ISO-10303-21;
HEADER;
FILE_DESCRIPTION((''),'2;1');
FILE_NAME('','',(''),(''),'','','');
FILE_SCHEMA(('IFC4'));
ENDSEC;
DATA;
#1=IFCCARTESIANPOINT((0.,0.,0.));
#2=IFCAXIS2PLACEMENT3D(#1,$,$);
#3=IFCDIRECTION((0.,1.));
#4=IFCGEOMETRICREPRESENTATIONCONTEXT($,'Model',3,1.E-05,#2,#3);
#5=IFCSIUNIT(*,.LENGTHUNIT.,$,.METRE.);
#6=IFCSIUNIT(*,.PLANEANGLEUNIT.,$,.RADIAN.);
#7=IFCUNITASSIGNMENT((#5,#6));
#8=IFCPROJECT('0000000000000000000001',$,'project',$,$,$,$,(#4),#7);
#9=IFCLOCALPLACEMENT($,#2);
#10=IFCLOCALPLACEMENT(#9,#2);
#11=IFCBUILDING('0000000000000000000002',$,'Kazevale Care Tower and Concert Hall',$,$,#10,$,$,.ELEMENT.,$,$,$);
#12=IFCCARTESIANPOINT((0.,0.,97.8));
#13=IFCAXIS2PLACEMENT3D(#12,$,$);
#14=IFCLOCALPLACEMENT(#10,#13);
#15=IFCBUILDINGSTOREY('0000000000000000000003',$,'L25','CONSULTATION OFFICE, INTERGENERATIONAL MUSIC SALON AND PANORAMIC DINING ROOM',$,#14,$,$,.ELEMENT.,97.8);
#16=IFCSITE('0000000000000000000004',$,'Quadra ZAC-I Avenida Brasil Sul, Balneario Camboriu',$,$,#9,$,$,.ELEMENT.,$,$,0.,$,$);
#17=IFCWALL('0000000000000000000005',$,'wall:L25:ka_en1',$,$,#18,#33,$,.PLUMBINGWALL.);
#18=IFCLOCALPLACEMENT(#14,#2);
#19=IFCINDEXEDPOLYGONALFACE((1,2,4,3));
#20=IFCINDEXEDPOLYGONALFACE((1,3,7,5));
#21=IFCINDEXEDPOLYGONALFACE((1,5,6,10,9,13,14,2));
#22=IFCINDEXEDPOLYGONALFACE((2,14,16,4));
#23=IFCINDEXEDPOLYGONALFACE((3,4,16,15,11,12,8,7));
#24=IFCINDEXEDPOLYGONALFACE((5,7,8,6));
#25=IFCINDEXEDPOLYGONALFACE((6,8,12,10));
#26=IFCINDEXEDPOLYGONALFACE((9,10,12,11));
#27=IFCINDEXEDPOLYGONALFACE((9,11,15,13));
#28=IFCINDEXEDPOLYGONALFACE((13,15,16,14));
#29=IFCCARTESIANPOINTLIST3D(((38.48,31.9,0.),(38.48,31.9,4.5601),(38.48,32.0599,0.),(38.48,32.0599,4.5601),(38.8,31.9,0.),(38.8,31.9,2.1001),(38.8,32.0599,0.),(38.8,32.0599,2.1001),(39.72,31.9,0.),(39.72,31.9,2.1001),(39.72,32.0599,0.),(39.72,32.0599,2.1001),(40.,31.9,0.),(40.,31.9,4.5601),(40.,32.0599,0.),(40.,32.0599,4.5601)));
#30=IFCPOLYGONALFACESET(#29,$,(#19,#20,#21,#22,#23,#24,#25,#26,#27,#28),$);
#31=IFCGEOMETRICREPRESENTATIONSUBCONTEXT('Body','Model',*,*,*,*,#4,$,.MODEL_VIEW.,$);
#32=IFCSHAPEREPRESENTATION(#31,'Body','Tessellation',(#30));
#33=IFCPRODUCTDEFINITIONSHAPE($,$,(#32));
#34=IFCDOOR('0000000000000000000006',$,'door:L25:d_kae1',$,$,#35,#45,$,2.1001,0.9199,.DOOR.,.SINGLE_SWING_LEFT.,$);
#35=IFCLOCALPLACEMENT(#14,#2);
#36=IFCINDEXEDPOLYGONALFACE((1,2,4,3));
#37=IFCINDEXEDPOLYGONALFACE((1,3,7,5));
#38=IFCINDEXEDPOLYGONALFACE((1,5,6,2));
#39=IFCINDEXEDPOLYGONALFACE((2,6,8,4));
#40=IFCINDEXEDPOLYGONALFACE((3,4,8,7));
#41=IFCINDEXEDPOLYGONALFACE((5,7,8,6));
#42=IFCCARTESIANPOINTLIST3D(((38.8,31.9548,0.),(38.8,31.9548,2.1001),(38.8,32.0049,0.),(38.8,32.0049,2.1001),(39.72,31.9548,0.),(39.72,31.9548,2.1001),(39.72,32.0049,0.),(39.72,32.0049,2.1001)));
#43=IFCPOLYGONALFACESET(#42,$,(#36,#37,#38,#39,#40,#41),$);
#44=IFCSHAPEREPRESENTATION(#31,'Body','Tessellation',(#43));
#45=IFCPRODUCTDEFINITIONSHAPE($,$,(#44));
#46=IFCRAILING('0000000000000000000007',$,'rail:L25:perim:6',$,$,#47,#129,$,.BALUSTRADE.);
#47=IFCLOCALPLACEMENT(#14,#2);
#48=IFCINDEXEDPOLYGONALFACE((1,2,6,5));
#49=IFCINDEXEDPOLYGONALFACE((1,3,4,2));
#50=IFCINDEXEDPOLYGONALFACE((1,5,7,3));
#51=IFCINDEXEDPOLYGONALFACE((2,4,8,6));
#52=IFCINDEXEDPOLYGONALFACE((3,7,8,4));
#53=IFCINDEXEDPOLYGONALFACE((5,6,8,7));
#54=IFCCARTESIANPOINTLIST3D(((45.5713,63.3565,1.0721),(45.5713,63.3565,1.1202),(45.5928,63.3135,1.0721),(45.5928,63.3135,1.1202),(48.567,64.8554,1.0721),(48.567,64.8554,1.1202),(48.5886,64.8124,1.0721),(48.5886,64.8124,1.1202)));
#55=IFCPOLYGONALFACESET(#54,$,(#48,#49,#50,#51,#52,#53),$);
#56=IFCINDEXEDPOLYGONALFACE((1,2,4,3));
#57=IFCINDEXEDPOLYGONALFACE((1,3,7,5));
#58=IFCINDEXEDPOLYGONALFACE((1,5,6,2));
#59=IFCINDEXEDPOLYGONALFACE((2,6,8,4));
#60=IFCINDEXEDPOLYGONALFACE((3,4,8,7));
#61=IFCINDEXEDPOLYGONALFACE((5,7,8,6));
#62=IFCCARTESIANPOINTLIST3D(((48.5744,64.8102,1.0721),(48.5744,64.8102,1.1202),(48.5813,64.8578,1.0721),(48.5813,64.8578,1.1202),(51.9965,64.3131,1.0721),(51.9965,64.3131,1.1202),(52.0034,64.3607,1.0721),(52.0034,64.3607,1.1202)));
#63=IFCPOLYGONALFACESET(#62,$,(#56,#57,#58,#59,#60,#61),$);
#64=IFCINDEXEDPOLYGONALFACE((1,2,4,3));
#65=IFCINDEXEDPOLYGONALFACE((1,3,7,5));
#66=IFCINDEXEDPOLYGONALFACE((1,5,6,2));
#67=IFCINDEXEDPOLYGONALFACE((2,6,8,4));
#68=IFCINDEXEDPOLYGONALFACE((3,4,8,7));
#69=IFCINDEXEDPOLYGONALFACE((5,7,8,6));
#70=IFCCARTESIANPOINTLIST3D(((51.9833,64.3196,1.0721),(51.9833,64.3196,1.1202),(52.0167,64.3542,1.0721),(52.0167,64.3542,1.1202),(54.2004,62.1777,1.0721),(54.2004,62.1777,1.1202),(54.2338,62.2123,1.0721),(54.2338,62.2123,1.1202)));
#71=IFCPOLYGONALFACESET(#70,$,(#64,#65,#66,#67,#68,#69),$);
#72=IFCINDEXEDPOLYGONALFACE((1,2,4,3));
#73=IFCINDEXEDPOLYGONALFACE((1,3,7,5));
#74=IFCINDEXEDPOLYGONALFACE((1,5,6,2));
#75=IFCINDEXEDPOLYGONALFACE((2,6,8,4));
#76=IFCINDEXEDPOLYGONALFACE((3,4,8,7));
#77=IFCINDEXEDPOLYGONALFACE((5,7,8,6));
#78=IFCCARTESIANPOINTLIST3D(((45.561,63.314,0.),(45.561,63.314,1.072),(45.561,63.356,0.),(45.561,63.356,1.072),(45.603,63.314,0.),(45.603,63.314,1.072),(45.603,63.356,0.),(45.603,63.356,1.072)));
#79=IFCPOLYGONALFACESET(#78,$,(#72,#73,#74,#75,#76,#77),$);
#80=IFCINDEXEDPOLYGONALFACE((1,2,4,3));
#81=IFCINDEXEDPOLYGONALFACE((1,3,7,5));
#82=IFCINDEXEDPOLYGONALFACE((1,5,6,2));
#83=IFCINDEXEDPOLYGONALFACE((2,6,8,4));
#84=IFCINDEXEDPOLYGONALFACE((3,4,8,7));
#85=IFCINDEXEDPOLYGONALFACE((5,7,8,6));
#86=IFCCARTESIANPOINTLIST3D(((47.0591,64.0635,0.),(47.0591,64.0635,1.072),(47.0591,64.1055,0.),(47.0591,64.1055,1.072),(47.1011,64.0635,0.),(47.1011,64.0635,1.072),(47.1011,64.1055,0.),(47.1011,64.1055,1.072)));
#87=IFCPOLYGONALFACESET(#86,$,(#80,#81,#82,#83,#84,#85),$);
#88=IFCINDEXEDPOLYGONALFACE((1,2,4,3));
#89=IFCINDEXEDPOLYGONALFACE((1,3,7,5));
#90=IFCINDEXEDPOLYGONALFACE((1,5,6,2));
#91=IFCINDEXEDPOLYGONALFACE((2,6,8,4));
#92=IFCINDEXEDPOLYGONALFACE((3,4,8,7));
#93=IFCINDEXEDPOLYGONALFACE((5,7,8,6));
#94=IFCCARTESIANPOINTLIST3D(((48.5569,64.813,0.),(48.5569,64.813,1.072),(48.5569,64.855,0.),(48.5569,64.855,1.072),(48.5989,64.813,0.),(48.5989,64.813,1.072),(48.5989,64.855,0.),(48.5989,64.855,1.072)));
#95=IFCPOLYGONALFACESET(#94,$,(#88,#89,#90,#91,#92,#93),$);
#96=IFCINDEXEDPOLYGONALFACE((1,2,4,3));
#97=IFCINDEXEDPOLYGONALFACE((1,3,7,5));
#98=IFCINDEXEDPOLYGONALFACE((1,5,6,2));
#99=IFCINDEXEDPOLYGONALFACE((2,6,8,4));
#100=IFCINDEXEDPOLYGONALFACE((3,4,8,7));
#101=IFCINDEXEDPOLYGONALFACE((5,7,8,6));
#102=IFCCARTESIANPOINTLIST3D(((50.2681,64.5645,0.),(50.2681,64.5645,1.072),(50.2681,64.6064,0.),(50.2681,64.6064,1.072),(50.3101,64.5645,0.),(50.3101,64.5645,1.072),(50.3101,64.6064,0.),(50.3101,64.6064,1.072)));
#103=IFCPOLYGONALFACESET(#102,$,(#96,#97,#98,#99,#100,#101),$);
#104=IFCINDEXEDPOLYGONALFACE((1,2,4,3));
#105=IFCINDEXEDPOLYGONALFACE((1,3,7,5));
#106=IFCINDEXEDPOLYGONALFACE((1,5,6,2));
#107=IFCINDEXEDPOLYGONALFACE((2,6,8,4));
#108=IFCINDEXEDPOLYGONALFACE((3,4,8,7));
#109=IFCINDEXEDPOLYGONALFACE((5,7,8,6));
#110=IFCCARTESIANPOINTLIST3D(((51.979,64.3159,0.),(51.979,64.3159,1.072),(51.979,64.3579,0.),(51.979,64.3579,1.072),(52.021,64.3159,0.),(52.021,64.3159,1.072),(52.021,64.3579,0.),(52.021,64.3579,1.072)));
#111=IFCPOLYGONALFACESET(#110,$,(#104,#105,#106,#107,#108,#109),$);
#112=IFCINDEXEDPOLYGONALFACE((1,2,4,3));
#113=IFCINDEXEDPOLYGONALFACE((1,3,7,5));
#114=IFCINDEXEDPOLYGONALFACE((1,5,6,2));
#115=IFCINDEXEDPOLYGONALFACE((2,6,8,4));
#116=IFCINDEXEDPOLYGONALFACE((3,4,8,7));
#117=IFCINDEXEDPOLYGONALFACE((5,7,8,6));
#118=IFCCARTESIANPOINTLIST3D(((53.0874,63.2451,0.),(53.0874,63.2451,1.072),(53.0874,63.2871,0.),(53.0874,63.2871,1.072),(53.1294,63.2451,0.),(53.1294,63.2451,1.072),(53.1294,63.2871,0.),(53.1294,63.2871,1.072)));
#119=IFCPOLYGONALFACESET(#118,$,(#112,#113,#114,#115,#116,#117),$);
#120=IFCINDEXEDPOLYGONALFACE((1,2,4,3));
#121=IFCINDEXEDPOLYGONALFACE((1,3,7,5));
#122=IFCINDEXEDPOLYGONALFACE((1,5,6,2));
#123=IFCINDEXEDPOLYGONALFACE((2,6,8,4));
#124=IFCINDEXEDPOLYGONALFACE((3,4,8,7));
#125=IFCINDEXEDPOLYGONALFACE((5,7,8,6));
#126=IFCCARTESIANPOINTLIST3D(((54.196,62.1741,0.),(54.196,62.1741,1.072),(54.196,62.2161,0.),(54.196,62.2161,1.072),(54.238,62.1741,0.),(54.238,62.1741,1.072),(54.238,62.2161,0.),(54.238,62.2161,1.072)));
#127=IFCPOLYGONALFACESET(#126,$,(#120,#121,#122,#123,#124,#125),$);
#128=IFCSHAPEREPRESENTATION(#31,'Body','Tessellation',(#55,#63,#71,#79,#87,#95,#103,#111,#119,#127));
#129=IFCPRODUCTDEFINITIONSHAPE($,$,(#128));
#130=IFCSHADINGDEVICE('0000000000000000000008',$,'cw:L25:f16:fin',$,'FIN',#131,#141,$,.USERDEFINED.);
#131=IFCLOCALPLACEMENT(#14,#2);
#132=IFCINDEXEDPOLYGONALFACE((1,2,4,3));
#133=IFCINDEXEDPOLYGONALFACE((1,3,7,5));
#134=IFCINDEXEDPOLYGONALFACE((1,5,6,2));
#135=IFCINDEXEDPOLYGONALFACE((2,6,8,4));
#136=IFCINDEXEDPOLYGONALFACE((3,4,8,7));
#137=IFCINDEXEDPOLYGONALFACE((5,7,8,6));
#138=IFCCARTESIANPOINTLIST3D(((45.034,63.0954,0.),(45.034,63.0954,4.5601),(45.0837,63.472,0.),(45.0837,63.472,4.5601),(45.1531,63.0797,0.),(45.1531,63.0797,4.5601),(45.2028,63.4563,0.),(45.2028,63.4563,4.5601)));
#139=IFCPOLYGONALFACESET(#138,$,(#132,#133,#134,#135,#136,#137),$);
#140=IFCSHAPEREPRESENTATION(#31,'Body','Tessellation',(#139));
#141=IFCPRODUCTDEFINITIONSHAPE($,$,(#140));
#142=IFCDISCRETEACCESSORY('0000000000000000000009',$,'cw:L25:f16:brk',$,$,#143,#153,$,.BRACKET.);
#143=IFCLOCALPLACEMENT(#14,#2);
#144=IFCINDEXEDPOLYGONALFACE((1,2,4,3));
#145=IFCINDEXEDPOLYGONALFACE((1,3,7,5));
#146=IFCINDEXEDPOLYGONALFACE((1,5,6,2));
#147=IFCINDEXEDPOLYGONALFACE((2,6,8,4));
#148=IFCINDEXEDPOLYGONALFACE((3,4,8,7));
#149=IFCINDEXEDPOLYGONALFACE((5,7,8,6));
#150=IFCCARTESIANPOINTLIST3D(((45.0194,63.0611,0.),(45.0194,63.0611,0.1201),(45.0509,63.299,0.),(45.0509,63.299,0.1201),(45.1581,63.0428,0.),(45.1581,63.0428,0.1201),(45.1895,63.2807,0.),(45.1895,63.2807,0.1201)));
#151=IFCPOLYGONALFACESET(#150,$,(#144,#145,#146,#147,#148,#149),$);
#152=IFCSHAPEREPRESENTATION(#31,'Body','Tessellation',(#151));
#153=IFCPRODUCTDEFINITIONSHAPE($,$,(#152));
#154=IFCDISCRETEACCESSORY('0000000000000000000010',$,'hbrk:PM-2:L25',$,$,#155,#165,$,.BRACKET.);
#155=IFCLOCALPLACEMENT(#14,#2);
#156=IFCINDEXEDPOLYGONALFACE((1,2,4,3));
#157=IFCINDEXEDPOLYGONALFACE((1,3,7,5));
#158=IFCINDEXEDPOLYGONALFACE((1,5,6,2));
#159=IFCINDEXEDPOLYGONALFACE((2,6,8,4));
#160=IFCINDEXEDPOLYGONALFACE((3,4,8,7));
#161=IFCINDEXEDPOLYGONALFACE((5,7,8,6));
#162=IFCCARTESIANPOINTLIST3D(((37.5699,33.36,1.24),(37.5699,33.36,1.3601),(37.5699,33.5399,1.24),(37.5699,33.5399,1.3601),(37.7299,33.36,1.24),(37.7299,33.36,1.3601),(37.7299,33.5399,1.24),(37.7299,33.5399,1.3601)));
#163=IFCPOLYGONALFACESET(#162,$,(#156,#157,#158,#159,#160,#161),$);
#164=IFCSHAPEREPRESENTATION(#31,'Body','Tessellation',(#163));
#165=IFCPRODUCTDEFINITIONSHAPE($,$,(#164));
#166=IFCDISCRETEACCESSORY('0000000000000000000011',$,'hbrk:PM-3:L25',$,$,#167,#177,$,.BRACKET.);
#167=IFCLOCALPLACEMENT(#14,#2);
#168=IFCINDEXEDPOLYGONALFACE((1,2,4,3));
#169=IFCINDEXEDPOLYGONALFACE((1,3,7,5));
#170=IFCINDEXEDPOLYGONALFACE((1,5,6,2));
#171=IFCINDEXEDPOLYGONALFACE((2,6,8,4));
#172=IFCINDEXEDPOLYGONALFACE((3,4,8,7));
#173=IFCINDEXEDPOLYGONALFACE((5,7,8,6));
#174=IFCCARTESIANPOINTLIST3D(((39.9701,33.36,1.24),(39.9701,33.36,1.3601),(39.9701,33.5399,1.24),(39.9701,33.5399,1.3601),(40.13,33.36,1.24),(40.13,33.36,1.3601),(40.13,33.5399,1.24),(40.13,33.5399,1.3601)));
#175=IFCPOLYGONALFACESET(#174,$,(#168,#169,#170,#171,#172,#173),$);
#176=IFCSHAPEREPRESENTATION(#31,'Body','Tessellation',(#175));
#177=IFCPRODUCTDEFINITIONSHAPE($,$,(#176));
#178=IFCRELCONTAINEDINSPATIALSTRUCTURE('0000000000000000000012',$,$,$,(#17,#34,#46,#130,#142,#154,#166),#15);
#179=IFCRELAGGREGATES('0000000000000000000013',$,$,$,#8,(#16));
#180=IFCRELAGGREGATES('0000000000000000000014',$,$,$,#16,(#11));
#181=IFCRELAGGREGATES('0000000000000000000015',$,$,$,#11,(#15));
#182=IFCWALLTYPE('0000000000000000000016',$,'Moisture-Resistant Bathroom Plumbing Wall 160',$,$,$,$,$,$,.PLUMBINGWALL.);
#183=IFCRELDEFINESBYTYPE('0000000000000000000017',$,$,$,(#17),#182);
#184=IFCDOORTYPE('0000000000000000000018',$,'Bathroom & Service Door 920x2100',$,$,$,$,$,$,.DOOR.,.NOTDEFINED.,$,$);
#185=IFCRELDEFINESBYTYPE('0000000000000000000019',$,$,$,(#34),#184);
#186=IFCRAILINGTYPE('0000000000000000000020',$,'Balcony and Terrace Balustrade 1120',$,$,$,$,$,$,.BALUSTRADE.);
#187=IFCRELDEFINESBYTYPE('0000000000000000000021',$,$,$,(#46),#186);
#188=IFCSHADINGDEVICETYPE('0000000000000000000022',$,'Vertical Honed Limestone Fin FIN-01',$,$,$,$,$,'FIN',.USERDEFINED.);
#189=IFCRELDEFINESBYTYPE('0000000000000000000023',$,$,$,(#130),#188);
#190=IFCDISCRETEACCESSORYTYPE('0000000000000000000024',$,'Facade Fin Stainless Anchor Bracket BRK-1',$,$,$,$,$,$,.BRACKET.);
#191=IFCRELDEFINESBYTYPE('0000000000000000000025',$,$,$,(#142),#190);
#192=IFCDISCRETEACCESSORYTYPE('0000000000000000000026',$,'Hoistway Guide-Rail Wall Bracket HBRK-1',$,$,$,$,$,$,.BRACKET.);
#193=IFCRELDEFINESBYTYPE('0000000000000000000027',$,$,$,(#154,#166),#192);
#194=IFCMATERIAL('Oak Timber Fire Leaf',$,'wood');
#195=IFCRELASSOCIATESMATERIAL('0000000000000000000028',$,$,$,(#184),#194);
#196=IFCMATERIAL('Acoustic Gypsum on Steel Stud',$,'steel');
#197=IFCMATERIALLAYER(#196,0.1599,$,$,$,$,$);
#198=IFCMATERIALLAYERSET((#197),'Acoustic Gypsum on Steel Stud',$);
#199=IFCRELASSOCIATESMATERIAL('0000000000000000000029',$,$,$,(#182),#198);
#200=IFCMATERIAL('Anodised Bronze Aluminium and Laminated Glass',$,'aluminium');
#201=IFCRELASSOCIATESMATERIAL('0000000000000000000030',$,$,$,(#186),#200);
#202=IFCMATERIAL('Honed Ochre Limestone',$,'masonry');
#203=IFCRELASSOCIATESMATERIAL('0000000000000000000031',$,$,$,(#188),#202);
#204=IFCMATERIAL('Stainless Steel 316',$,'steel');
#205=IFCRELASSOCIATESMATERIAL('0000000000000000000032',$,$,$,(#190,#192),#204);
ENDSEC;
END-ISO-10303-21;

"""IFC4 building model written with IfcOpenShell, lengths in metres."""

from ifc_helpers import new_model, si_unit, direction, frame, frame_2d, origin, origin_2d, place, context, subcontext, project, spatial, rectangle, extrude, material, layer, layer_set, type_object, element, fill, save


model = new_model("IFC4")

# Units and contexts
model_context = context("Model", 3, precision=1e-05, world=origin(), true_north=direction((0.0, 1.0)))
body_context = subcontext(model_context, "Body", "Model", "MODEL_VIEW")
ifc_project = project(units=[si_unit("LENGTHUNIT", "METRE"), si_unit("PLANEANGLEUNIT", "RADIAN")], contexts=[model_context])

# Site, building, storey
site_placement = place(None, origin())
site = spatial("IfcSite", under=ifc_project, at=site_placement, Name="Quadra ZAC-I Avenida Brasil Sul, Balneario Camboriu", CompositionType="ELEMENT", RefElevation=0.0)
building_placement = place(site_placement, origin())
building = spatial("IfcBuilding", under=site, at=building_placement, Name="Kazevale Care Tower and Concert Hall", CompositionType="ELEMENT")
storey_placement = place(building_placement, frame((0.0, 0.0, 97.8)))
storey = spatial("IfcBuildingStorey", under=building, at=storey_placement, Name="L25", Description="CONSULTATION OFFICE, INTERGENERATIONAL MUSIC SALON AND PANORAMIC DINING ROOM", CompositionType="ELEMENT", Elevation=97.8)

# Shared definitions
ifc_material_1 = material(Name="Acoustic Gypsum on Steel Stud", Category="steel")

# Shared definitions
ifc_material_2 = material(Name="Oak Timber Fire Leaf", Category="wood")
door_type_1 = type_object("IfcDoorType", Name="Bathroom & Service Door 920x2100", OperationType="NOTDEFINED", PredefinedType="DOOR", material=ifc_material_2)

# Shared definitions
ifc_layer_1 = layer(ifc_material_1, 0.1599)
ifc_layer_set_1 = layer_set([ifc_layer_1], Name="Acoustic Gypsum on Steel Stud")
wall_type_1 = type_object("IfcWallType", Name="Moisture-Resistant Bathroom Plumbing Wall 160", PredefinedType="PLUMBINGWALL", material=ifc_layer_set_1)

# Wall, opening, door
wall_1_placement = place(storey_placement, frame((38.48, 31.98, 0.0), z_axis=(0.0, 0.0, 1.0), x_axis=(1.0, 0.0, 0.0)))
wall_1 = element("IfcWall", 1, at=wall_1_placement, inside=storey, type_object=wall_type_1, Name="wall:L25:ka_en1", PredefinedType="PLUMBINGWALL", context=body_context, shape_type="SweptSolid", body=[
    extrude(rectangle(XDim=1.52, YDim=0.1599, at=frame_2d((0.76, 0.0))), origin(), (0.0, 0.0, 1.0), 4.5601),
])
opening_1_placement = place(wall_1_placement, frame((0.3201, 0.0, 0.0)))
opening_1 = element("IfcOpeningElement", 2, at=opening_1_placement, cuts=wall_1, PredefinedType="OPENING", context=body_context, shape_type="SweptSolid", body=[
    extrude(rectangle(XDim=0.9199, YDim=2.1001, at=frame_2d((0.46, 1.05))), frame((0.0, 0.0898, 0.0), z_axis=(0.0, -1.0, 0.0), x_axis=(1.0, 0.0, 0.0)), (0.0, 0.0, 1.0), 0.1799),
])
door_1_placement = place(opening_1_placement, origin())
door_1 = element("IfcDoor", 3, at=door_1_placement, inside=storey, type_object=door_type_1, Name="door:L25:d_kae1", OperationType="SINGLE_SWING_LEFT", OverallHeight=2.1001, OverallWidth=0.9199, PredefinedType="DOOR", context=body_context, shape_type="SweptSolid", body=[
    extrude(rectangle(XDim=0.9199, YDim=2.1001, at=frame_2d((0.46, 1.05))), frame((0.0, 0.0249, 0.0), z_axis=(0.0, -1.0, 0.0), x_axis=(1.0, 0.0, 0.0)), (0.0, 0.0, 1.0), 0.05),
])
fill(opening_1, door_1)

# Railing
ifc_material_3 = material(Name="Anodised Bronze Aluminium and Laminated Glass", Category="aluminium")
railing_type = type_object("IfcRailingType", Name="Balcony and Terrace Balustrade 1120", PredefinedType="BALUSTRADE", material=ifc_material_3)
railing_placement = place(storey_placement, frame((45.582, 63.335, 0.0)))
element("IfcRailing", 4, at=railing_placement, inside=storey, type_object=railing_type, Name="rail:L25:perim:6", PredefinedType="BALUSTRADE", context=body_context, shape_type="SweptSolid", body=[
    extrude(rectangle(XDim=0.0481, YDim=0.0481, at=origin_2d()), frame((0.0, 0.0, 1.0962), z_axis=(0.894296, 0.447476, 0.0), x_axis=(-0.447476, 0.894296, 0.0)), (0.0, 0.0, 1.0), 3.3499),
    extrude(rectangle(XDim=0.0481, YDim=0.0481, at=origin_2d()), frame((2.9958, 1.499, 1.0962), z_axis=(0.989615, -0.143744, 0.0), x_axis=(0.143744, 0.989615, 0.0)), (0.0, 0.0, 1.0), 3.458),
    extrude(rectangle(XDim=0.0481, YDim=0.0481, at=origin_2d()), frame((6.418, 1.002, 1.0962), z_axis=(0.719198, -0.694805, 0.0), x_axis=(0.694805, 0.719198, 0.0)), (0.0, 0.0, 1.0), 3.0828),
    extrude(rectangle(XDim=0.042, YDim=0.042, at=origin_2d()), origin(), (0.0, 0.0, 1.0), 1.072),
    extrude(rectangle(XDim=0.042, YDim=0.042, at=origin_2d()), frame((1.498, 0.7495, 0.0)), (0.0, 0.0, 1.0), 1.072),
    extrude(rectangle(XDim=0.042, YDim=0.042, at=origin_2d()), frame((2.9958, 1.499, 0.0)), (0.0, 0.0, 1.0), 1.072),
    extrude(rectangle(XDim=0.042, YDim=0.042, at=origin_2d()), frame((4.707, 1.2505, 0.0)), (0.0, 0.0, 1.0), 1.072),
    extrude(rectangle(XDim=0.042, YDim=0.042, at=origin_2d()), frame((6.418, 1.002, 0.0)), (0.0, 0.0, 1.0), 1.072),
    extrude(rectangle(XDim=0.042, YDim=0.042, at=origin_2d()), frame((7.5264, -0.0688, 0.0)), (0.0, 0.0, 1.0), 1.072),
    extrude(rectangle(XDim=0.042, YDim=0.042, at=origin_2d()), frame((8.635, -1.1399, 0.0)), (0.0, 0.0, 1.0), 1.072),
])

# Shading device
ifc_material_4 = material(Name="Honed Ochre Limestone", Category="masonry")
shading_device_type = type_object("IfcShadingDeviceType", Name="Vertical Honed Limestone Fin FIN-01", ElementType="FIN", PredefinedType="USERDEFINED", material=ifc_material_4)
shading_device_placement = place(storey_placement, frame((45.1184, 63.2759, 0.0), z_axis=(0.0, 0.0, 1.0), x_axis=(0.130872, 0.991399, 0.0)))
element("IfcShadingDevice", 5, at=shading_device_placement, inside=storey, type_object=shading_device_type, Name="cw:L25:f16:fin", ObjectType="FIN", PredefinedType="USERDEFINED", context=body_context, shape_type="SweptSolid", body=[
    extrude(rectangle(XDim=0.3799, YDim=0.1201, at=origin_2d()), origin(), (0.0, 0.0, 1.0), 4.5601),
])

# Discrete accessories
ifc_material_5 = material(Name="Stainless Steel 316", Category="steel")
discrete_accessory_type_1 = type_object("IfcDiscreteAccessoryType", Name="Facade Fin Stainless Anchor Bracket BRK-1", PredefinedType="BRACKET", material=ifc_material_5)
discrete_accessory_placement = place(storey_placement, frame((45.1045, 63.1709, 0.0), z_axis=(0.0, 0.0, 1.0), x_axis=(0.130872, 0.991399, 0.0)))
element("IfcDiscreteAccessory", 6, at=discrete_accessory_placement, inside=storey, type_object=discrete_accessory_type_1, Name="cw:L25:f16:brk", PredefinedType="BRACKET", context=body_context, shape_type="SweptSolid", body=[
    extrude(rectangle(XDim=0.24, YDim=0.1399, at=origin_2d()), origin(), (0.0, 0.0, 1.0), 0.1201),
])
discrete_accessory_type_2 = type_object("IfcDiscreteAccessoryType", Name="Hoistway Guide-Rail Wall Bracket HBRK-1", PredefinedType="BRACKET", material=ifc_material_5)
for number, where, z_axis, x_axis, name in (
    (7, (37.6499, 33.45, 1.24), (0.0, 0.0, 1.0), (1.0, 0.0, 0.0), "hbrk:PM-2:L25"),
    (8, (40.05, 33.45, 1.24), (0.0, 0.0, 1.0), (1.0, 0.0, 0.0), "hbrk:PM-3:L25"),
):
    element("IfcDiscreteAccessory", number, at=place(storey_placement, frame(where, z_axis=z_axis, x_axis=x_axis)), inside=storey, type_object=discrete_accessory_type_2, Name=name, PredefinedType="BRACKET", context=body_context, shape_type="SweptSolid", body=[
        extrude(rectangle(XDim=0.1599, YDim=0.1799, at=origin_2d()), origin(), (0.0, 0.0, 1.0), 0.1201),
    ])

save(model, "model.ifc")
